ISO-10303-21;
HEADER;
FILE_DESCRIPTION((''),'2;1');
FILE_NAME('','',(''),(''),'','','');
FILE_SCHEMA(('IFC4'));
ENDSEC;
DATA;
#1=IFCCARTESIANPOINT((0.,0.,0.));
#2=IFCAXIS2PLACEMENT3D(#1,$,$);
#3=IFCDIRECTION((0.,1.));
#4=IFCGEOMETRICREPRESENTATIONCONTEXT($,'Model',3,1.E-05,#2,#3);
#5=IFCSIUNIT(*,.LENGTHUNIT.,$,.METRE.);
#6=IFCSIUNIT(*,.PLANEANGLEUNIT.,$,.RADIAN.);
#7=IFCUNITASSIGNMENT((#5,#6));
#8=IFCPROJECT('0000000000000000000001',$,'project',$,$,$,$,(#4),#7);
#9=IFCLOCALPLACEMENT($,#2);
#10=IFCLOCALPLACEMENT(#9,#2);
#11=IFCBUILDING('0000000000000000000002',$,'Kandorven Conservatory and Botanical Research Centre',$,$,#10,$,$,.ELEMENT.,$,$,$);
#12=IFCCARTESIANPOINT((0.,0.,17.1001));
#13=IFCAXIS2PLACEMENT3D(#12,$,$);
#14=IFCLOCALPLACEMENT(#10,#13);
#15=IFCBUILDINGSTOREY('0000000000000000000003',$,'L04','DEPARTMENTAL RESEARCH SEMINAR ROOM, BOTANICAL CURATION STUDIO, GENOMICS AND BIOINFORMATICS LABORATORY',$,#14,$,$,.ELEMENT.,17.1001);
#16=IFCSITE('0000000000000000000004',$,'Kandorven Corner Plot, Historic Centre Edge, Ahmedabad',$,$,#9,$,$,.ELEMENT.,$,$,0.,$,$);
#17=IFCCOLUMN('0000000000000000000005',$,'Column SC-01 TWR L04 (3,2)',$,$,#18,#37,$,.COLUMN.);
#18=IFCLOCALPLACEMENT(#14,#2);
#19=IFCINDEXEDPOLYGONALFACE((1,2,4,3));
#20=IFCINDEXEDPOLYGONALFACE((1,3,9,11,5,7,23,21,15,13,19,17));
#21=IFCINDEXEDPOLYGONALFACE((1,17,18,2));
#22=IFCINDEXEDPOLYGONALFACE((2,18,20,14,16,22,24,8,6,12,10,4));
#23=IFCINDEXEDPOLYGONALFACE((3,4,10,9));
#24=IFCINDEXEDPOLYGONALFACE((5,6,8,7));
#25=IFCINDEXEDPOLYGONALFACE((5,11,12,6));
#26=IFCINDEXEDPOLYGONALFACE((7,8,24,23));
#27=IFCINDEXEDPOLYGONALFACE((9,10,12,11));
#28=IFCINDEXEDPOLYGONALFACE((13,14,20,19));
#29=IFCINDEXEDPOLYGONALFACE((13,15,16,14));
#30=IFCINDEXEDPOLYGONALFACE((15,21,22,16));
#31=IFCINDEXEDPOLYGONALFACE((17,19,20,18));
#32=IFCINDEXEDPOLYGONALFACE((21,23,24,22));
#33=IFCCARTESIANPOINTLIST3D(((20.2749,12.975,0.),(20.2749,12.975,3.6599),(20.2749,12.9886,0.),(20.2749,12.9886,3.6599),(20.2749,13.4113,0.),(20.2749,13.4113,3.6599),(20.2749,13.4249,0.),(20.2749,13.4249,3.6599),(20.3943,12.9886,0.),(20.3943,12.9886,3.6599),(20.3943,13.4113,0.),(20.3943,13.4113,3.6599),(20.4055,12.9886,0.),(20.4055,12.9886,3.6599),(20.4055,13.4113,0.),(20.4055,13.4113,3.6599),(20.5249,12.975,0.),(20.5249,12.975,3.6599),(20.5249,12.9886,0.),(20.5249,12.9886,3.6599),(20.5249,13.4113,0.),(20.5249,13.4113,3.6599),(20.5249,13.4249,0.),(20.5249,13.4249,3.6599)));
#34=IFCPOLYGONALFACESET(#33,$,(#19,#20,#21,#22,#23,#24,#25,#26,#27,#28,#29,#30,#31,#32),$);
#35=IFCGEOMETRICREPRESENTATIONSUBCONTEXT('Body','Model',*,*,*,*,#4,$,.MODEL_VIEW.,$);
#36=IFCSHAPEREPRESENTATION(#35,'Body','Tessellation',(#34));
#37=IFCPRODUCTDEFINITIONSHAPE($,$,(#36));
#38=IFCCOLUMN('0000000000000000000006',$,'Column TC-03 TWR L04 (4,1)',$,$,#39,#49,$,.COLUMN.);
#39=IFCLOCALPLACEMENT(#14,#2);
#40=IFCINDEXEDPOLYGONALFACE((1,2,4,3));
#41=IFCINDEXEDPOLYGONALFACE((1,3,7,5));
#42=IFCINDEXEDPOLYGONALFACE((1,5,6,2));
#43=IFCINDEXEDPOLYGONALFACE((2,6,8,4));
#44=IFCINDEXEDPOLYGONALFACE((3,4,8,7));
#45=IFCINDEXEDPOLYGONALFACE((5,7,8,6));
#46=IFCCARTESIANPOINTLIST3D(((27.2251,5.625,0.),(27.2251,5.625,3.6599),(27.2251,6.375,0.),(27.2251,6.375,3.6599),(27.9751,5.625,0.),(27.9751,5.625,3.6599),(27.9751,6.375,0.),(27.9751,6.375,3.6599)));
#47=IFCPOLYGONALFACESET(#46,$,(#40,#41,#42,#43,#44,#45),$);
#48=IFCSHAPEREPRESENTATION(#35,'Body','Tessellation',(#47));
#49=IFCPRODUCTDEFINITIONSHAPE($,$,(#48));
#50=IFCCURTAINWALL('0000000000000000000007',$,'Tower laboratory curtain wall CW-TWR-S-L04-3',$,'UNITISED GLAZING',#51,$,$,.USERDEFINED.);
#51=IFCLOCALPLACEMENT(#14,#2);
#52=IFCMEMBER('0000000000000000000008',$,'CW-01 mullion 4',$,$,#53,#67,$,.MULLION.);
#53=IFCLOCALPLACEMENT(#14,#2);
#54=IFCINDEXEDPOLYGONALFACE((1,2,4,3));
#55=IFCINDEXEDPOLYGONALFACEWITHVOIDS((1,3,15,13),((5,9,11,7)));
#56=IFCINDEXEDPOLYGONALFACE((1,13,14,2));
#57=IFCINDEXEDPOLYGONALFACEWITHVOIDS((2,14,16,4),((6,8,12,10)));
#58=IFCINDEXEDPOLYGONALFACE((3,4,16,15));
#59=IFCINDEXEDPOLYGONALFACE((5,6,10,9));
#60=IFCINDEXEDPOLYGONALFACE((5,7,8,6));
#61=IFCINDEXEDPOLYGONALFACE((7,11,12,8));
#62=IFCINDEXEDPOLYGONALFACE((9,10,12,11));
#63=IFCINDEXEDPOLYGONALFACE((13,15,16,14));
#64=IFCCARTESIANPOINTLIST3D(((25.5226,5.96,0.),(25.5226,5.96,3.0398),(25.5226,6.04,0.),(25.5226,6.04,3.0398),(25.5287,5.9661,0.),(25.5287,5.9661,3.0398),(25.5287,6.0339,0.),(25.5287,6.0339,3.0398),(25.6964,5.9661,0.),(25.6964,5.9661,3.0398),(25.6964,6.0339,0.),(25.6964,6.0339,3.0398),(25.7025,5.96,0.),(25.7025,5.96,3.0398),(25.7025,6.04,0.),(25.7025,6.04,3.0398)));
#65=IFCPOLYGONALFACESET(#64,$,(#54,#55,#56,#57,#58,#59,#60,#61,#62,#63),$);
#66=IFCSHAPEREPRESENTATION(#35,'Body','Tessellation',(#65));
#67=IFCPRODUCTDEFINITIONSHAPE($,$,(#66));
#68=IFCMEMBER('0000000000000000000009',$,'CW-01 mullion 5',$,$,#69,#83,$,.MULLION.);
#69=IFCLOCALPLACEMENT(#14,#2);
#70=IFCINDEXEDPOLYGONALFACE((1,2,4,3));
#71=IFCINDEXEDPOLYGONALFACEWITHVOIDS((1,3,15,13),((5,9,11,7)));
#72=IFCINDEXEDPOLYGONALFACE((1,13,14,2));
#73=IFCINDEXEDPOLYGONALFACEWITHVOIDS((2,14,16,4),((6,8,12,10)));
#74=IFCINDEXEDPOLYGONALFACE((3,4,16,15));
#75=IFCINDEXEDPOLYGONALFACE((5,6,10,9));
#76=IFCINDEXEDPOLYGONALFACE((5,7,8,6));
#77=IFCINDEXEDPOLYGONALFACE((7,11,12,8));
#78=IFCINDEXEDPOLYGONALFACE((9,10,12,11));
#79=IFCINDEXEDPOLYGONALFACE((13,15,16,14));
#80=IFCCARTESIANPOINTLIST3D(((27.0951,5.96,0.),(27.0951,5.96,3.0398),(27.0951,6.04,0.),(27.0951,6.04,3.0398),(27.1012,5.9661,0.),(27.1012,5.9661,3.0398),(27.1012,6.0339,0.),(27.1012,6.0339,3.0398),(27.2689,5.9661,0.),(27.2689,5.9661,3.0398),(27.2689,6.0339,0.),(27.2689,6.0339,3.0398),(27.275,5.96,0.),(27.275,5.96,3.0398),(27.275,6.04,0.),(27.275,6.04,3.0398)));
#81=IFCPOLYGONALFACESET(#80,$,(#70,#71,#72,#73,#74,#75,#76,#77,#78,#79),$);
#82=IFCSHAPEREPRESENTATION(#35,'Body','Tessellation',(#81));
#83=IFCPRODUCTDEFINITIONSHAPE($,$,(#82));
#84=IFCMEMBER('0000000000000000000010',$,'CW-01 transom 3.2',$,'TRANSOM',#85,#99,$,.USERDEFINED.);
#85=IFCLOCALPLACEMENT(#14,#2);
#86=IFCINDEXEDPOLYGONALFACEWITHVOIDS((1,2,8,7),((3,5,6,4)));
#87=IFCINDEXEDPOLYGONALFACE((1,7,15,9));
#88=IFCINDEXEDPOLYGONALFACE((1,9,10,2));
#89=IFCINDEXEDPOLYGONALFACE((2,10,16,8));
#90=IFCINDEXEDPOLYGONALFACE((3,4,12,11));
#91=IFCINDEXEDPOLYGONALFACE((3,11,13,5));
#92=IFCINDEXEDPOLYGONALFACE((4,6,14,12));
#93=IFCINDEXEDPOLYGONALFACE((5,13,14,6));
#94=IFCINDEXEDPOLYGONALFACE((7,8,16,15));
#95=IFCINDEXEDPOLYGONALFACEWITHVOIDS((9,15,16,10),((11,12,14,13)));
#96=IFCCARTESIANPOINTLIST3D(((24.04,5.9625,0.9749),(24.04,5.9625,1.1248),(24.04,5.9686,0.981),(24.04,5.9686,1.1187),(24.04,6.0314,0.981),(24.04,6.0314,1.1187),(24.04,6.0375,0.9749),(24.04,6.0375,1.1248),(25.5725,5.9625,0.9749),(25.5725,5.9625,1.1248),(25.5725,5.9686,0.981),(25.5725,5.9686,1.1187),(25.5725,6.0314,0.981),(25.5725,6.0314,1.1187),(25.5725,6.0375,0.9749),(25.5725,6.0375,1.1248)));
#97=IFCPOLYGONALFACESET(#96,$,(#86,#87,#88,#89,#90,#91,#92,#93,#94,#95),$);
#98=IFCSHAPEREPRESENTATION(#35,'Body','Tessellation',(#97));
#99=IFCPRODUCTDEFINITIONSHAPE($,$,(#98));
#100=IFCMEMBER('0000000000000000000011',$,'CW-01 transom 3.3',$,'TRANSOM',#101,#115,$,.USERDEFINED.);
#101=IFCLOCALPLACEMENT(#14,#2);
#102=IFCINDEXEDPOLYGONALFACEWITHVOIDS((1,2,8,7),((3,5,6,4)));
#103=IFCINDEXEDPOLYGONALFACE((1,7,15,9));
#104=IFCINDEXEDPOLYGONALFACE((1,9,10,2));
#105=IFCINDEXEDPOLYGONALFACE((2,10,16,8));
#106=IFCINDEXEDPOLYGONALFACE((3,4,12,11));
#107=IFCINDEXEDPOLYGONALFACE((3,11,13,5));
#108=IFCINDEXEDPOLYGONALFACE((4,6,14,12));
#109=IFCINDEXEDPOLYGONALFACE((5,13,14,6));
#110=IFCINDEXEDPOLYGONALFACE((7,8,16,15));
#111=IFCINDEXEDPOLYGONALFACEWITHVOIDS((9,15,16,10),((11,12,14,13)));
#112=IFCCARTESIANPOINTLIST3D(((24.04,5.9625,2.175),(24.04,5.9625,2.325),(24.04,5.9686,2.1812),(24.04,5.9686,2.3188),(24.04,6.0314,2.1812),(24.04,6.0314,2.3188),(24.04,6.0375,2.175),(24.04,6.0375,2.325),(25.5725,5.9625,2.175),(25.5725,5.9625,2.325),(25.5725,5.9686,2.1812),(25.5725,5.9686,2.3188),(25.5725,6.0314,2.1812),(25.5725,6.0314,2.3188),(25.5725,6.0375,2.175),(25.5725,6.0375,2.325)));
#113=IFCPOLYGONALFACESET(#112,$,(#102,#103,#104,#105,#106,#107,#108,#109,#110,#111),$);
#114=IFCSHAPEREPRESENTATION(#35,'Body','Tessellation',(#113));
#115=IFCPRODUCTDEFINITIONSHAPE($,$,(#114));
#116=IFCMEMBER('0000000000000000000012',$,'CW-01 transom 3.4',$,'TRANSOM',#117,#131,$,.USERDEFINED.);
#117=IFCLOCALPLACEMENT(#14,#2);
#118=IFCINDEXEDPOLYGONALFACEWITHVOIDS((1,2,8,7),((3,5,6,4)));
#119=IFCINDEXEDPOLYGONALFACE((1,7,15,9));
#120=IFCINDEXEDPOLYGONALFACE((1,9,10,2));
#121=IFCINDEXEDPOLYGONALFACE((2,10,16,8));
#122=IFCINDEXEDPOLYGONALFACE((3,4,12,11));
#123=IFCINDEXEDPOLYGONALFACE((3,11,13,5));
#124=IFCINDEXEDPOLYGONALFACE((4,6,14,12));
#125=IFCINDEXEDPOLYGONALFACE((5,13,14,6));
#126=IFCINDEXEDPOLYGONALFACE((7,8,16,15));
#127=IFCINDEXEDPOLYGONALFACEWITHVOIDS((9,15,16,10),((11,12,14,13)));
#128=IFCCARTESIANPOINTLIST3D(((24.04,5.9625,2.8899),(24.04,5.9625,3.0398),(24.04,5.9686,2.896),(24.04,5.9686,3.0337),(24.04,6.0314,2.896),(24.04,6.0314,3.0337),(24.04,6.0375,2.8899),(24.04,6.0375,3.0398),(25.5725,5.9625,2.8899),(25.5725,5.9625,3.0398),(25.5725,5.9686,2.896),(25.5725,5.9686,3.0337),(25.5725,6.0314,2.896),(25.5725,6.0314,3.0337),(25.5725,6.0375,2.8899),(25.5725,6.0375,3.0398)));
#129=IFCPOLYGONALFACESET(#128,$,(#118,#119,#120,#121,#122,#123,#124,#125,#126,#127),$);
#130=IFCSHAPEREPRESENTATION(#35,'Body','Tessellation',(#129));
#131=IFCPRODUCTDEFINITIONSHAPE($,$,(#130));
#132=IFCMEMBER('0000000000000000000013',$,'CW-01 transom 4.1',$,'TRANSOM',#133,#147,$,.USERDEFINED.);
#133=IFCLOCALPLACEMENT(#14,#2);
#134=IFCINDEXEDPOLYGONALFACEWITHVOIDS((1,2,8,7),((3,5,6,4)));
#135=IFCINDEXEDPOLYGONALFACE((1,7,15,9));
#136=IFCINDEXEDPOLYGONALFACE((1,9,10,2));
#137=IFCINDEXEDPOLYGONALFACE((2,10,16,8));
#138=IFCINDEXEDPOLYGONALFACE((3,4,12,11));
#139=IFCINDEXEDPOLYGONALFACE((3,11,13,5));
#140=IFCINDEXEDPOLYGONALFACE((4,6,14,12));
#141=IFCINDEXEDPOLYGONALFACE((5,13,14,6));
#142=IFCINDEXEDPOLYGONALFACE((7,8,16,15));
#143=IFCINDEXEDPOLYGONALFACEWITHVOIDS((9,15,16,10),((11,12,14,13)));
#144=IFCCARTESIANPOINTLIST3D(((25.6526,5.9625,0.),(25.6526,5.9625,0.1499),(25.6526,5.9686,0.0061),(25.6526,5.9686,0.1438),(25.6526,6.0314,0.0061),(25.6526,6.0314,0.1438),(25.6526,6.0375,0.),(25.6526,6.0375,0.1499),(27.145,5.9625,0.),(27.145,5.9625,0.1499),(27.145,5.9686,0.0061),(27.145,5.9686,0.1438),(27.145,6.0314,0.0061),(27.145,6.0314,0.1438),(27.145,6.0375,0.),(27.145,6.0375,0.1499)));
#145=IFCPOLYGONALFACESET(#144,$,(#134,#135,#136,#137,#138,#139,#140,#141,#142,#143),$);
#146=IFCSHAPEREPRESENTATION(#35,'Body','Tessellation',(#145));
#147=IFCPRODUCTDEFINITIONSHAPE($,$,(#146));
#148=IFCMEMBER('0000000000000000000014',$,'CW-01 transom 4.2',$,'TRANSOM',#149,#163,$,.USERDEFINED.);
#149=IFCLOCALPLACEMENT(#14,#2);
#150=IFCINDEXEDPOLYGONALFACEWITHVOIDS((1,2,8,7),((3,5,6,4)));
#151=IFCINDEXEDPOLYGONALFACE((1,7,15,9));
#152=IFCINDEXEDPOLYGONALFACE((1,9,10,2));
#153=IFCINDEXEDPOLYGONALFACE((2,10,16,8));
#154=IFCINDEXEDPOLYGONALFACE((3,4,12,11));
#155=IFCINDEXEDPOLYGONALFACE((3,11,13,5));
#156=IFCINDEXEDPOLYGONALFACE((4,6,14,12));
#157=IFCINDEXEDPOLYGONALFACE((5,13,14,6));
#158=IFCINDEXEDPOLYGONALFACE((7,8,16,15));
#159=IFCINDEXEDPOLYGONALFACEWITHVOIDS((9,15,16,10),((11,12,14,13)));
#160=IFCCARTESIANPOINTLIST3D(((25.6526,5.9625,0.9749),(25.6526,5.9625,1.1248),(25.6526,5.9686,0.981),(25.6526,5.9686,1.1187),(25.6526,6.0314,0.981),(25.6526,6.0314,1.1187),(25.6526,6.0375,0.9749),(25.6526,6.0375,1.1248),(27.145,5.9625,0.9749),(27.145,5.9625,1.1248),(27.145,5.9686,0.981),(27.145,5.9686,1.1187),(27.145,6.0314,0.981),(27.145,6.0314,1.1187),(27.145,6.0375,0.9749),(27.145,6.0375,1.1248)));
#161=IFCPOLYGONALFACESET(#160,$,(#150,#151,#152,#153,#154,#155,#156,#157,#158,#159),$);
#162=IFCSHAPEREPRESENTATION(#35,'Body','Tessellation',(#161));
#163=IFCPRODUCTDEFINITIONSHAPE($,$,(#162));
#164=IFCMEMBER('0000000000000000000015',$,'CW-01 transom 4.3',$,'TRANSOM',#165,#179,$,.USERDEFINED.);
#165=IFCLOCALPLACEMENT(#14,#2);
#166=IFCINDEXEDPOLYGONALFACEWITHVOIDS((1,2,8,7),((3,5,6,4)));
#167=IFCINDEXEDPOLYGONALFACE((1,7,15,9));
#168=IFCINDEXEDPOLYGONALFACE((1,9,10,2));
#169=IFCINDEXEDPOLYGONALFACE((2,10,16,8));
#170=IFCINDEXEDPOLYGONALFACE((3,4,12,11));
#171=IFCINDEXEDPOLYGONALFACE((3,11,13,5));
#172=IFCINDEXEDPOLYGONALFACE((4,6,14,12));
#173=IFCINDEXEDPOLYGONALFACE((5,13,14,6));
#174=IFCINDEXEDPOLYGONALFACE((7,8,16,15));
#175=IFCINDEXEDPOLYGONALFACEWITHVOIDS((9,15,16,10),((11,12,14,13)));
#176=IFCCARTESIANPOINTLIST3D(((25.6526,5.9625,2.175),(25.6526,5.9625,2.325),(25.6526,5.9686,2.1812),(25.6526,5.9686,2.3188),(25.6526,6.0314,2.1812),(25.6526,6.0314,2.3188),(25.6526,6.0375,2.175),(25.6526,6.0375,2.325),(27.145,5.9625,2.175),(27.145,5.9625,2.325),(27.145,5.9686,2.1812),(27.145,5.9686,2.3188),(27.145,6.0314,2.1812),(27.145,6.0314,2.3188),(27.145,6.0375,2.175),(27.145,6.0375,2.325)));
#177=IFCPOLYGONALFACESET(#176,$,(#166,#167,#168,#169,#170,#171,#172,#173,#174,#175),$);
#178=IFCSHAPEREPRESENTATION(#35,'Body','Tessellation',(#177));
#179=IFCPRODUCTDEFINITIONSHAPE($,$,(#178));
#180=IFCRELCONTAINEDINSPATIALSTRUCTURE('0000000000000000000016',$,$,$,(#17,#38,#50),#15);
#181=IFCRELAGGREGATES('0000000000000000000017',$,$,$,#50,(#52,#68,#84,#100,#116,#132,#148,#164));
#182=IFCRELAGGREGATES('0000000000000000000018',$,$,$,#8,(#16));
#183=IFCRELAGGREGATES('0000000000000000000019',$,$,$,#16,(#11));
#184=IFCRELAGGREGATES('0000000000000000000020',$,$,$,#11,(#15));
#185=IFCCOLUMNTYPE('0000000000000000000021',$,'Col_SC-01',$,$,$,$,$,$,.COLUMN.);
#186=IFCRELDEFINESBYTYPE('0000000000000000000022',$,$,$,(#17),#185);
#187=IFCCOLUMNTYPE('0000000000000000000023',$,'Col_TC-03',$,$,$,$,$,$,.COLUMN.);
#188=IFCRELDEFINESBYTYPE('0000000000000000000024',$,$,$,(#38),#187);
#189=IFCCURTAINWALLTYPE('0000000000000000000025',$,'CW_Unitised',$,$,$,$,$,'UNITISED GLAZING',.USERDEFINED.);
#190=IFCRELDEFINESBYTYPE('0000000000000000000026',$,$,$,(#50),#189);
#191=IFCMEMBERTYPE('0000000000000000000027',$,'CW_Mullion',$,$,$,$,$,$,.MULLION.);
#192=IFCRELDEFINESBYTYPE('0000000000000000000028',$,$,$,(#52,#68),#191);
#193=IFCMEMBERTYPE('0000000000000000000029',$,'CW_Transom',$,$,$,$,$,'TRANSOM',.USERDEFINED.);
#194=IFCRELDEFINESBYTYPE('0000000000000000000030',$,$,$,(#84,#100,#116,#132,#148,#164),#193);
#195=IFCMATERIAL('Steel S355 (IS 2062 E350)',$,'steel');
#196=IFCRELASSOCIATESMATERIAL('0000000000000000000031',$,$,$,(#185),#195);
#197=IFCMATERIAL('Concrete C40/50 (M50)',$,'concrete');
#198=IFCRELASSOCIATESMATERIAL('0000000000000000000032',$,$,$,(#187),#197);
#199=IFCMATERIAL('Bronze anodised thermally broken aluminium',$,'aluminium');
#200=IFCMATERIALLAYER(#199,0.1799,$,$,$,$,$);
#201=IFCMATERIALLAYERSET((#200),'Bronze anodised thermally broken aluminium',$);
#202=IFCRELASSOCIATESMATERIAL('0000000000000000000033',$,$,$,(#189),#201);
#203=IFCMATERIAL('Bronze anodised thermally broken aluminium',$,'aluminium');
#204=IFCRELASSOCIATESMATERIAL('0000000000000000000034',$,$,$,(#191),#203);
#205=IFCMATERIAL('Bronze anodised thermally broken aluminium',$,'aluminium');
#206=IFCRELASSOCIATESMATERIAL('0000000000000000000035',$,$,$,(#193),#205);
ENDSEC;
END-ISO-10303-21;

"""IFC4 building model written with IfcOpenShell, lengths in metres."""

from ifc_helpers import new_model, si_unit, direction, frame, origin, origin_2d, place, context, subcontext, project, spatial, rectangle, hollow_rectangle, i_section, extrude, material, layer, layer_set, material_profile, profile_set, type_object, element, aggregate, save


model = new_model("IFC4")

# Units and contexts
model_context = context("Model", 3, precision=1e-05, world=origin(), true_north=direction((0.0, 1.0)))
body_context = subcontext(model_context, "Body", "Model", "MODEL_VIEW")
ifc_project = project(units=[si_unit("LENGTHUNIT", "METRE"), si_unit("PLANEANGLEUNIT", "RADIAN")], contexts=[model_context])

# Site, building, storey
site_placement = place(None, origin())
site = spatial("IfcSite", under=ifc_project, at=site_placement, Name="Kandorven Corner Plot, Historic Centre Edge, Ahmedabad", CompositionType="ELEMENT", RefElevation=0.0)
building_placement = place(site_placement, origin())
building = spatial("IfcBuilding", under=site, at=building_placement, Name="Kandorven Conservatory and Botanical Research Centre", CompositionType="ELEMENT")
storey_placement = place(building_placement, frame((0.0, 0.0, 17.1001)))
storey = spatial("IfcBuildingStorey", under=building, at=storey_placement, Name="L04", Description="DEPARTMENTAL RESEARCH SEMINAR ROOM, BOTANICAL CURATION STUDIO, GENOMICS AND BIOINFORMATICS LABORATORY", CompositionType="ELEMENT", Elevation=17.1001)

# Columns
ifc_material_1 = material(Name="Steel S355 (IS 2062 E350)", Category="steel")
ifc_material_profile_1 = material_profile(ifc_material_1, i_section(OverallWidth=0.25, OverallDepth=0.45, WebThickness=0.0112, FlangeThickness=0.0137, at=origin_2d()))
ifc_profile_set_1 = profile_set([ifc_material_profile_1], Name="Steel S355 (IS 2062 E350)")
column_type_1 = type_object("IfcColumnType", Name="Col_SC-01", PredefinedType="COLUMN", material=ifc_profile_set_1)
column_1_placement = place(storey_placement, frame((20.3999, 13.2, 0.0), z_axis=(0.0, 0.0, 1.0), x_axis=(1.0, 0.0, 0.0)))
element("IfcColumn", 1, at=column_1_placement, inside=storey, type_object=column_type_1, Name="Column SC-01 TWR L04 (3,2)", PredefinedType="COLUMN", context=body_context, shape_type="SweptSolid", body=[
    extrude(i_section(OverallWidth=0.25, OverallDepth=0.45, WebThickness=0.0112, FlangeThickness=0.0137, at=origin_2d()), origin(), (0.0, 0.0, 1.0), 3.6599),
])
ifc_material_2 = material(Name="Concrete C40/50 (M50)", Category="concrete")
ifc_material_profile_2 = material_profile(ifc_material_2, rectangle(XDim=0.75, YDim=0.75, at=origin_2d()))
ifc_profile_set_2 = profile_set([ifc_material_profile_2], Name="Concrete C40/50 (M50)")
column_type_2 = type_object("IfcColumnType", Name="Col_TC-03", PredefinedType="COLUMN", material=ifc_profile_set_2)
column_2_placement = place(storey_placement, frame((27.6001, 6.0, 0.0), z_axis=(0.0, 0.0, 1.0), x_axis=(1.0, 0.0, 0.0)))
element("IfcColumn", 2, at=column_2_placement, inside=storey, type_object=column_type_2, Name="Column TC-03 TWR L04 (4,1)", PredefinedType="COLUMN", context=body_context, shape_type="SweptSolid", body=[
    extrude(rectangle(XDim=0.75, YDim=0.75, at=origin_2d()), origin(), (0.0, 0.0, 1.0), 3.6599),
])

# Curtain wall, members
ifc_material_3 = material(Name="Bronze anodised thermally broken aluminium", Category="aluminium")
ifc_layer_1 = layer(ifc_material_3, 0.1799)
ifc_layer_set_1 = layer_set([ifc_layer_1], Name="Bronze anodised thermally broken aluminium")
curtain_wall_type = type_object("IfcCurtainWallType", Name="CW_Unitised", ElementType="UNITISED GLAZING", PredefinedType="USERDEFINED", material=ifc_layer_set_1)
curtain_wall_placement = place(storey_placement, origin())
curtain_wall = element("IfcCurtainWall", 3, at=curtain_wall_placement, inside=storey, type_object=curtain_wall_type, Name="Tower laboratory curtain wall CW-TWR-S-L04-3", ObjectType="UNITISED GLAZING", PredefinedType="USERDEFINED")
ifc_material_4 = material(Name="Bronze anodised thermally broken aluminium", Category="aluminium")
ifc_material_profile_3 = material_profile(ifc_material_4, hollow_rectangle(XDim=0.0801, YDim=0.1799, WallThickness=0.0061, at=origin_2d()))
ifc_profile_set_3 = profile_set([ifc_material_profile_3], Name="Bronze anodised thermally broken aluminium")
member_type_1 = type_object("IfcMemberType", Name="CW_Mullion", PredefinedType="MULLION", material=ifc_profile_set_3)
member_1_placement = place(storey_placement, frame((25.6125, 6.0, 0.0), z_axis=(0.0, 0.0, 1.0), x_axis=(0.0, 1.0, 0.0)))
member_1 = element("IfcMember", 4, at=member_1_placement, type_object=member_type_1, Name="CW-01 mullion 4", PredefinedType="MULLION", context=body_context, shape_type="SweptSolid", body=[
    extrude(hollow_rectangle(XDim=0.0801, YDim=0.1799, WallThickness=0.0061, at=origin_2d()), origin(), (0.0, 0.0, 1.0), 3.0398),
])
member_2_placement = place(storey_placement, frame((27.1851, 6.0, 0.0), z_axis=(0.0, 0.0, 1.0), x_axis=(0.0, 1.0, 0.0)))
member_2 = element("IfcMember", 5, at=member_2_placement, type_object=member_type_1, Name="CW-01 mullion 5", PredefinedType="MULLION", context=body_context, shape_type="SweptSolid", body=[
    extrude(hollow_rectangle(XDim=0.0801, YDim=0.1799, WallThickness=0.0061, at=origin_2d()), origin(), (0.0, 0.0, 1.0), 3.0398),
])
ifc_material_5 = material(Name="Bronze anodised thermally broken aluminium", Category="aluminium")
ifc_material_profile_4 = material_profile(ifc_material_5, hollow_rectangle(XDim=0.075, YDim=0.1499, WallThickness=0.0061, at=origin_2d()))
ifc_profile_set_4 = profile_set([ifc_material_profile_4], Name="Bronze anodised thermally broken aluminium")
member_type_2 = type_object("IfcMemberType", Name="CW_Transom", ElementType="TRANSOM", PredefinedType="USERDEFINED", material=ifc_profile_set_4)
member_3_placement = place(storey_placement, frame((24.04, 6.0, 1.0498), z_axis=(1.0, 0.0, 0.0), x_axis=(0.0, 1.0, 0.0)))
member_3 = element("IfcMember", 6, at=member_3_placement, type_object=member_type_2, Name="CW-01 transom 3.2", ObjectType="TRANSOM", PredefinedType="USERDEFINED", context=body_context, shape_type="SweptSolid", body=[
    extrude(hollow_rectangle(XDim=0.075, YDim=0.1499, WallThickness=0.0061, at=origin_2d()), origin(), (0.0, 0.0, 1.0), 1.5325),
])
member_4_placement = place(storey_placement, frame((24.04, 6.0, 2.25), z_axis=(1.0, 0.0, 0.0), x_axis=(0.0, 1.0, 0.0)))
member_4 = element("IfcMember", 7, at=member_4_placement, type_object=member_type_2, Name="CW-01 transom 3.3", ObjectType="TRANSOM", PredefinedType="USERDEFINED", context=body_context, shape_type="SweptSolid", body=[
    extrude(hollow_rectangle(XDim=0.075, YDim=0.1499, WallThickness=0.0061, at=origin_2d()), origin(), (0.0, 0.0, 1.0), 1.5325),
])
member_5_placement = place(storey_placement, frame((24.04, 6.0, 2.9648), z_axis=(1.0, 0.0, 0.0), x_axis=(0.0, 1.0, 0.0)))
member_5 = element("IfcMember", 8, at=member_5_placement, type_object=member_type_2, Name="CW-01 transom 3.4", ObjectType="TRANSOM", PredefinedType="USERDEFINED", context=body_context, shape_type="SweptSolid", body=[
    extrude(hollow_rectangle(XDim=0.075, YDim=0.1499, WallThickness=0.0061, at=origin_2d()), origin(), (0.0, 0.0, 1.0), 1.5325),
])
member_6_placement = place(storey_placement, frame((25.6526, 6.0, 0.075), z_axis=(1.0, 0.0, 0.0), x_axis=(0.0, 1.0, 0.0)))
member_6 = element("IfcMember", 9, at=member_6_placement, type_object=member_type_2, Name="CW-01 transom 4.1", ObjectType="TRANSOM", PredefinedType="USERDEFINED", context=body_context, shape_type="SweptSolid", body=[
    extrude(hollow_rectangle(XDim=0.075, YDim=0.1499, WallThickness=0.0061, at=origin_2d()), origin(), (0.0, 0.0, 1.0), 1.4924),
])
member_7_placement = place(storey_placement, frame((25.6526, 6.0, 1.0498), z_axis=(1.0, 0.0, 0.0), x_axis=(0.0, 1.0, 0.0)))
member_7 = element("IfcMember", 10, at=member_7_placement, type_object=member_type_2, Name="CW-01 transom 4.2", ObjectType="TRANSOM", PredefinedType="USERDEFINED", context=body_context, shape_type="SweptSolid", body=[
    extrude(hollow_rectangle(XDim=0.075, YDim=0.1499, WallThickness=0.0061, at=origin_2d()), origin(), (0.0, 0.0, 1.0), 1.4924),
])
member_8_placement = place(storey_placement, frame((25.6526, 6.0, 2.25), z_axis=(1.0, 0.0, 0.0), x_axis=(0.0, 1.0, 0.0)))
member_8 = element("IfcMember", 11, at=member_8_placement, type_object=member_type_2, Name="CW-01 transom 4.3", ObjectType="TRANSOM", PredefinedType="USERDEFINED", context=body_context, shape_type="SweptSolid", body=[
    extrude(hollow_rectangle(XDim=0.075, YDim=0.1499, WallThickness=0.0061, at=origin_2d()), origin(), (0.0, 0.0, 1.0), 1.4924),
])
aggregate(curtain_wall, [member_1, member_2, member_3, member_4, member_5, member_6, member_7, member_8])

save(model, "model.ifc")
